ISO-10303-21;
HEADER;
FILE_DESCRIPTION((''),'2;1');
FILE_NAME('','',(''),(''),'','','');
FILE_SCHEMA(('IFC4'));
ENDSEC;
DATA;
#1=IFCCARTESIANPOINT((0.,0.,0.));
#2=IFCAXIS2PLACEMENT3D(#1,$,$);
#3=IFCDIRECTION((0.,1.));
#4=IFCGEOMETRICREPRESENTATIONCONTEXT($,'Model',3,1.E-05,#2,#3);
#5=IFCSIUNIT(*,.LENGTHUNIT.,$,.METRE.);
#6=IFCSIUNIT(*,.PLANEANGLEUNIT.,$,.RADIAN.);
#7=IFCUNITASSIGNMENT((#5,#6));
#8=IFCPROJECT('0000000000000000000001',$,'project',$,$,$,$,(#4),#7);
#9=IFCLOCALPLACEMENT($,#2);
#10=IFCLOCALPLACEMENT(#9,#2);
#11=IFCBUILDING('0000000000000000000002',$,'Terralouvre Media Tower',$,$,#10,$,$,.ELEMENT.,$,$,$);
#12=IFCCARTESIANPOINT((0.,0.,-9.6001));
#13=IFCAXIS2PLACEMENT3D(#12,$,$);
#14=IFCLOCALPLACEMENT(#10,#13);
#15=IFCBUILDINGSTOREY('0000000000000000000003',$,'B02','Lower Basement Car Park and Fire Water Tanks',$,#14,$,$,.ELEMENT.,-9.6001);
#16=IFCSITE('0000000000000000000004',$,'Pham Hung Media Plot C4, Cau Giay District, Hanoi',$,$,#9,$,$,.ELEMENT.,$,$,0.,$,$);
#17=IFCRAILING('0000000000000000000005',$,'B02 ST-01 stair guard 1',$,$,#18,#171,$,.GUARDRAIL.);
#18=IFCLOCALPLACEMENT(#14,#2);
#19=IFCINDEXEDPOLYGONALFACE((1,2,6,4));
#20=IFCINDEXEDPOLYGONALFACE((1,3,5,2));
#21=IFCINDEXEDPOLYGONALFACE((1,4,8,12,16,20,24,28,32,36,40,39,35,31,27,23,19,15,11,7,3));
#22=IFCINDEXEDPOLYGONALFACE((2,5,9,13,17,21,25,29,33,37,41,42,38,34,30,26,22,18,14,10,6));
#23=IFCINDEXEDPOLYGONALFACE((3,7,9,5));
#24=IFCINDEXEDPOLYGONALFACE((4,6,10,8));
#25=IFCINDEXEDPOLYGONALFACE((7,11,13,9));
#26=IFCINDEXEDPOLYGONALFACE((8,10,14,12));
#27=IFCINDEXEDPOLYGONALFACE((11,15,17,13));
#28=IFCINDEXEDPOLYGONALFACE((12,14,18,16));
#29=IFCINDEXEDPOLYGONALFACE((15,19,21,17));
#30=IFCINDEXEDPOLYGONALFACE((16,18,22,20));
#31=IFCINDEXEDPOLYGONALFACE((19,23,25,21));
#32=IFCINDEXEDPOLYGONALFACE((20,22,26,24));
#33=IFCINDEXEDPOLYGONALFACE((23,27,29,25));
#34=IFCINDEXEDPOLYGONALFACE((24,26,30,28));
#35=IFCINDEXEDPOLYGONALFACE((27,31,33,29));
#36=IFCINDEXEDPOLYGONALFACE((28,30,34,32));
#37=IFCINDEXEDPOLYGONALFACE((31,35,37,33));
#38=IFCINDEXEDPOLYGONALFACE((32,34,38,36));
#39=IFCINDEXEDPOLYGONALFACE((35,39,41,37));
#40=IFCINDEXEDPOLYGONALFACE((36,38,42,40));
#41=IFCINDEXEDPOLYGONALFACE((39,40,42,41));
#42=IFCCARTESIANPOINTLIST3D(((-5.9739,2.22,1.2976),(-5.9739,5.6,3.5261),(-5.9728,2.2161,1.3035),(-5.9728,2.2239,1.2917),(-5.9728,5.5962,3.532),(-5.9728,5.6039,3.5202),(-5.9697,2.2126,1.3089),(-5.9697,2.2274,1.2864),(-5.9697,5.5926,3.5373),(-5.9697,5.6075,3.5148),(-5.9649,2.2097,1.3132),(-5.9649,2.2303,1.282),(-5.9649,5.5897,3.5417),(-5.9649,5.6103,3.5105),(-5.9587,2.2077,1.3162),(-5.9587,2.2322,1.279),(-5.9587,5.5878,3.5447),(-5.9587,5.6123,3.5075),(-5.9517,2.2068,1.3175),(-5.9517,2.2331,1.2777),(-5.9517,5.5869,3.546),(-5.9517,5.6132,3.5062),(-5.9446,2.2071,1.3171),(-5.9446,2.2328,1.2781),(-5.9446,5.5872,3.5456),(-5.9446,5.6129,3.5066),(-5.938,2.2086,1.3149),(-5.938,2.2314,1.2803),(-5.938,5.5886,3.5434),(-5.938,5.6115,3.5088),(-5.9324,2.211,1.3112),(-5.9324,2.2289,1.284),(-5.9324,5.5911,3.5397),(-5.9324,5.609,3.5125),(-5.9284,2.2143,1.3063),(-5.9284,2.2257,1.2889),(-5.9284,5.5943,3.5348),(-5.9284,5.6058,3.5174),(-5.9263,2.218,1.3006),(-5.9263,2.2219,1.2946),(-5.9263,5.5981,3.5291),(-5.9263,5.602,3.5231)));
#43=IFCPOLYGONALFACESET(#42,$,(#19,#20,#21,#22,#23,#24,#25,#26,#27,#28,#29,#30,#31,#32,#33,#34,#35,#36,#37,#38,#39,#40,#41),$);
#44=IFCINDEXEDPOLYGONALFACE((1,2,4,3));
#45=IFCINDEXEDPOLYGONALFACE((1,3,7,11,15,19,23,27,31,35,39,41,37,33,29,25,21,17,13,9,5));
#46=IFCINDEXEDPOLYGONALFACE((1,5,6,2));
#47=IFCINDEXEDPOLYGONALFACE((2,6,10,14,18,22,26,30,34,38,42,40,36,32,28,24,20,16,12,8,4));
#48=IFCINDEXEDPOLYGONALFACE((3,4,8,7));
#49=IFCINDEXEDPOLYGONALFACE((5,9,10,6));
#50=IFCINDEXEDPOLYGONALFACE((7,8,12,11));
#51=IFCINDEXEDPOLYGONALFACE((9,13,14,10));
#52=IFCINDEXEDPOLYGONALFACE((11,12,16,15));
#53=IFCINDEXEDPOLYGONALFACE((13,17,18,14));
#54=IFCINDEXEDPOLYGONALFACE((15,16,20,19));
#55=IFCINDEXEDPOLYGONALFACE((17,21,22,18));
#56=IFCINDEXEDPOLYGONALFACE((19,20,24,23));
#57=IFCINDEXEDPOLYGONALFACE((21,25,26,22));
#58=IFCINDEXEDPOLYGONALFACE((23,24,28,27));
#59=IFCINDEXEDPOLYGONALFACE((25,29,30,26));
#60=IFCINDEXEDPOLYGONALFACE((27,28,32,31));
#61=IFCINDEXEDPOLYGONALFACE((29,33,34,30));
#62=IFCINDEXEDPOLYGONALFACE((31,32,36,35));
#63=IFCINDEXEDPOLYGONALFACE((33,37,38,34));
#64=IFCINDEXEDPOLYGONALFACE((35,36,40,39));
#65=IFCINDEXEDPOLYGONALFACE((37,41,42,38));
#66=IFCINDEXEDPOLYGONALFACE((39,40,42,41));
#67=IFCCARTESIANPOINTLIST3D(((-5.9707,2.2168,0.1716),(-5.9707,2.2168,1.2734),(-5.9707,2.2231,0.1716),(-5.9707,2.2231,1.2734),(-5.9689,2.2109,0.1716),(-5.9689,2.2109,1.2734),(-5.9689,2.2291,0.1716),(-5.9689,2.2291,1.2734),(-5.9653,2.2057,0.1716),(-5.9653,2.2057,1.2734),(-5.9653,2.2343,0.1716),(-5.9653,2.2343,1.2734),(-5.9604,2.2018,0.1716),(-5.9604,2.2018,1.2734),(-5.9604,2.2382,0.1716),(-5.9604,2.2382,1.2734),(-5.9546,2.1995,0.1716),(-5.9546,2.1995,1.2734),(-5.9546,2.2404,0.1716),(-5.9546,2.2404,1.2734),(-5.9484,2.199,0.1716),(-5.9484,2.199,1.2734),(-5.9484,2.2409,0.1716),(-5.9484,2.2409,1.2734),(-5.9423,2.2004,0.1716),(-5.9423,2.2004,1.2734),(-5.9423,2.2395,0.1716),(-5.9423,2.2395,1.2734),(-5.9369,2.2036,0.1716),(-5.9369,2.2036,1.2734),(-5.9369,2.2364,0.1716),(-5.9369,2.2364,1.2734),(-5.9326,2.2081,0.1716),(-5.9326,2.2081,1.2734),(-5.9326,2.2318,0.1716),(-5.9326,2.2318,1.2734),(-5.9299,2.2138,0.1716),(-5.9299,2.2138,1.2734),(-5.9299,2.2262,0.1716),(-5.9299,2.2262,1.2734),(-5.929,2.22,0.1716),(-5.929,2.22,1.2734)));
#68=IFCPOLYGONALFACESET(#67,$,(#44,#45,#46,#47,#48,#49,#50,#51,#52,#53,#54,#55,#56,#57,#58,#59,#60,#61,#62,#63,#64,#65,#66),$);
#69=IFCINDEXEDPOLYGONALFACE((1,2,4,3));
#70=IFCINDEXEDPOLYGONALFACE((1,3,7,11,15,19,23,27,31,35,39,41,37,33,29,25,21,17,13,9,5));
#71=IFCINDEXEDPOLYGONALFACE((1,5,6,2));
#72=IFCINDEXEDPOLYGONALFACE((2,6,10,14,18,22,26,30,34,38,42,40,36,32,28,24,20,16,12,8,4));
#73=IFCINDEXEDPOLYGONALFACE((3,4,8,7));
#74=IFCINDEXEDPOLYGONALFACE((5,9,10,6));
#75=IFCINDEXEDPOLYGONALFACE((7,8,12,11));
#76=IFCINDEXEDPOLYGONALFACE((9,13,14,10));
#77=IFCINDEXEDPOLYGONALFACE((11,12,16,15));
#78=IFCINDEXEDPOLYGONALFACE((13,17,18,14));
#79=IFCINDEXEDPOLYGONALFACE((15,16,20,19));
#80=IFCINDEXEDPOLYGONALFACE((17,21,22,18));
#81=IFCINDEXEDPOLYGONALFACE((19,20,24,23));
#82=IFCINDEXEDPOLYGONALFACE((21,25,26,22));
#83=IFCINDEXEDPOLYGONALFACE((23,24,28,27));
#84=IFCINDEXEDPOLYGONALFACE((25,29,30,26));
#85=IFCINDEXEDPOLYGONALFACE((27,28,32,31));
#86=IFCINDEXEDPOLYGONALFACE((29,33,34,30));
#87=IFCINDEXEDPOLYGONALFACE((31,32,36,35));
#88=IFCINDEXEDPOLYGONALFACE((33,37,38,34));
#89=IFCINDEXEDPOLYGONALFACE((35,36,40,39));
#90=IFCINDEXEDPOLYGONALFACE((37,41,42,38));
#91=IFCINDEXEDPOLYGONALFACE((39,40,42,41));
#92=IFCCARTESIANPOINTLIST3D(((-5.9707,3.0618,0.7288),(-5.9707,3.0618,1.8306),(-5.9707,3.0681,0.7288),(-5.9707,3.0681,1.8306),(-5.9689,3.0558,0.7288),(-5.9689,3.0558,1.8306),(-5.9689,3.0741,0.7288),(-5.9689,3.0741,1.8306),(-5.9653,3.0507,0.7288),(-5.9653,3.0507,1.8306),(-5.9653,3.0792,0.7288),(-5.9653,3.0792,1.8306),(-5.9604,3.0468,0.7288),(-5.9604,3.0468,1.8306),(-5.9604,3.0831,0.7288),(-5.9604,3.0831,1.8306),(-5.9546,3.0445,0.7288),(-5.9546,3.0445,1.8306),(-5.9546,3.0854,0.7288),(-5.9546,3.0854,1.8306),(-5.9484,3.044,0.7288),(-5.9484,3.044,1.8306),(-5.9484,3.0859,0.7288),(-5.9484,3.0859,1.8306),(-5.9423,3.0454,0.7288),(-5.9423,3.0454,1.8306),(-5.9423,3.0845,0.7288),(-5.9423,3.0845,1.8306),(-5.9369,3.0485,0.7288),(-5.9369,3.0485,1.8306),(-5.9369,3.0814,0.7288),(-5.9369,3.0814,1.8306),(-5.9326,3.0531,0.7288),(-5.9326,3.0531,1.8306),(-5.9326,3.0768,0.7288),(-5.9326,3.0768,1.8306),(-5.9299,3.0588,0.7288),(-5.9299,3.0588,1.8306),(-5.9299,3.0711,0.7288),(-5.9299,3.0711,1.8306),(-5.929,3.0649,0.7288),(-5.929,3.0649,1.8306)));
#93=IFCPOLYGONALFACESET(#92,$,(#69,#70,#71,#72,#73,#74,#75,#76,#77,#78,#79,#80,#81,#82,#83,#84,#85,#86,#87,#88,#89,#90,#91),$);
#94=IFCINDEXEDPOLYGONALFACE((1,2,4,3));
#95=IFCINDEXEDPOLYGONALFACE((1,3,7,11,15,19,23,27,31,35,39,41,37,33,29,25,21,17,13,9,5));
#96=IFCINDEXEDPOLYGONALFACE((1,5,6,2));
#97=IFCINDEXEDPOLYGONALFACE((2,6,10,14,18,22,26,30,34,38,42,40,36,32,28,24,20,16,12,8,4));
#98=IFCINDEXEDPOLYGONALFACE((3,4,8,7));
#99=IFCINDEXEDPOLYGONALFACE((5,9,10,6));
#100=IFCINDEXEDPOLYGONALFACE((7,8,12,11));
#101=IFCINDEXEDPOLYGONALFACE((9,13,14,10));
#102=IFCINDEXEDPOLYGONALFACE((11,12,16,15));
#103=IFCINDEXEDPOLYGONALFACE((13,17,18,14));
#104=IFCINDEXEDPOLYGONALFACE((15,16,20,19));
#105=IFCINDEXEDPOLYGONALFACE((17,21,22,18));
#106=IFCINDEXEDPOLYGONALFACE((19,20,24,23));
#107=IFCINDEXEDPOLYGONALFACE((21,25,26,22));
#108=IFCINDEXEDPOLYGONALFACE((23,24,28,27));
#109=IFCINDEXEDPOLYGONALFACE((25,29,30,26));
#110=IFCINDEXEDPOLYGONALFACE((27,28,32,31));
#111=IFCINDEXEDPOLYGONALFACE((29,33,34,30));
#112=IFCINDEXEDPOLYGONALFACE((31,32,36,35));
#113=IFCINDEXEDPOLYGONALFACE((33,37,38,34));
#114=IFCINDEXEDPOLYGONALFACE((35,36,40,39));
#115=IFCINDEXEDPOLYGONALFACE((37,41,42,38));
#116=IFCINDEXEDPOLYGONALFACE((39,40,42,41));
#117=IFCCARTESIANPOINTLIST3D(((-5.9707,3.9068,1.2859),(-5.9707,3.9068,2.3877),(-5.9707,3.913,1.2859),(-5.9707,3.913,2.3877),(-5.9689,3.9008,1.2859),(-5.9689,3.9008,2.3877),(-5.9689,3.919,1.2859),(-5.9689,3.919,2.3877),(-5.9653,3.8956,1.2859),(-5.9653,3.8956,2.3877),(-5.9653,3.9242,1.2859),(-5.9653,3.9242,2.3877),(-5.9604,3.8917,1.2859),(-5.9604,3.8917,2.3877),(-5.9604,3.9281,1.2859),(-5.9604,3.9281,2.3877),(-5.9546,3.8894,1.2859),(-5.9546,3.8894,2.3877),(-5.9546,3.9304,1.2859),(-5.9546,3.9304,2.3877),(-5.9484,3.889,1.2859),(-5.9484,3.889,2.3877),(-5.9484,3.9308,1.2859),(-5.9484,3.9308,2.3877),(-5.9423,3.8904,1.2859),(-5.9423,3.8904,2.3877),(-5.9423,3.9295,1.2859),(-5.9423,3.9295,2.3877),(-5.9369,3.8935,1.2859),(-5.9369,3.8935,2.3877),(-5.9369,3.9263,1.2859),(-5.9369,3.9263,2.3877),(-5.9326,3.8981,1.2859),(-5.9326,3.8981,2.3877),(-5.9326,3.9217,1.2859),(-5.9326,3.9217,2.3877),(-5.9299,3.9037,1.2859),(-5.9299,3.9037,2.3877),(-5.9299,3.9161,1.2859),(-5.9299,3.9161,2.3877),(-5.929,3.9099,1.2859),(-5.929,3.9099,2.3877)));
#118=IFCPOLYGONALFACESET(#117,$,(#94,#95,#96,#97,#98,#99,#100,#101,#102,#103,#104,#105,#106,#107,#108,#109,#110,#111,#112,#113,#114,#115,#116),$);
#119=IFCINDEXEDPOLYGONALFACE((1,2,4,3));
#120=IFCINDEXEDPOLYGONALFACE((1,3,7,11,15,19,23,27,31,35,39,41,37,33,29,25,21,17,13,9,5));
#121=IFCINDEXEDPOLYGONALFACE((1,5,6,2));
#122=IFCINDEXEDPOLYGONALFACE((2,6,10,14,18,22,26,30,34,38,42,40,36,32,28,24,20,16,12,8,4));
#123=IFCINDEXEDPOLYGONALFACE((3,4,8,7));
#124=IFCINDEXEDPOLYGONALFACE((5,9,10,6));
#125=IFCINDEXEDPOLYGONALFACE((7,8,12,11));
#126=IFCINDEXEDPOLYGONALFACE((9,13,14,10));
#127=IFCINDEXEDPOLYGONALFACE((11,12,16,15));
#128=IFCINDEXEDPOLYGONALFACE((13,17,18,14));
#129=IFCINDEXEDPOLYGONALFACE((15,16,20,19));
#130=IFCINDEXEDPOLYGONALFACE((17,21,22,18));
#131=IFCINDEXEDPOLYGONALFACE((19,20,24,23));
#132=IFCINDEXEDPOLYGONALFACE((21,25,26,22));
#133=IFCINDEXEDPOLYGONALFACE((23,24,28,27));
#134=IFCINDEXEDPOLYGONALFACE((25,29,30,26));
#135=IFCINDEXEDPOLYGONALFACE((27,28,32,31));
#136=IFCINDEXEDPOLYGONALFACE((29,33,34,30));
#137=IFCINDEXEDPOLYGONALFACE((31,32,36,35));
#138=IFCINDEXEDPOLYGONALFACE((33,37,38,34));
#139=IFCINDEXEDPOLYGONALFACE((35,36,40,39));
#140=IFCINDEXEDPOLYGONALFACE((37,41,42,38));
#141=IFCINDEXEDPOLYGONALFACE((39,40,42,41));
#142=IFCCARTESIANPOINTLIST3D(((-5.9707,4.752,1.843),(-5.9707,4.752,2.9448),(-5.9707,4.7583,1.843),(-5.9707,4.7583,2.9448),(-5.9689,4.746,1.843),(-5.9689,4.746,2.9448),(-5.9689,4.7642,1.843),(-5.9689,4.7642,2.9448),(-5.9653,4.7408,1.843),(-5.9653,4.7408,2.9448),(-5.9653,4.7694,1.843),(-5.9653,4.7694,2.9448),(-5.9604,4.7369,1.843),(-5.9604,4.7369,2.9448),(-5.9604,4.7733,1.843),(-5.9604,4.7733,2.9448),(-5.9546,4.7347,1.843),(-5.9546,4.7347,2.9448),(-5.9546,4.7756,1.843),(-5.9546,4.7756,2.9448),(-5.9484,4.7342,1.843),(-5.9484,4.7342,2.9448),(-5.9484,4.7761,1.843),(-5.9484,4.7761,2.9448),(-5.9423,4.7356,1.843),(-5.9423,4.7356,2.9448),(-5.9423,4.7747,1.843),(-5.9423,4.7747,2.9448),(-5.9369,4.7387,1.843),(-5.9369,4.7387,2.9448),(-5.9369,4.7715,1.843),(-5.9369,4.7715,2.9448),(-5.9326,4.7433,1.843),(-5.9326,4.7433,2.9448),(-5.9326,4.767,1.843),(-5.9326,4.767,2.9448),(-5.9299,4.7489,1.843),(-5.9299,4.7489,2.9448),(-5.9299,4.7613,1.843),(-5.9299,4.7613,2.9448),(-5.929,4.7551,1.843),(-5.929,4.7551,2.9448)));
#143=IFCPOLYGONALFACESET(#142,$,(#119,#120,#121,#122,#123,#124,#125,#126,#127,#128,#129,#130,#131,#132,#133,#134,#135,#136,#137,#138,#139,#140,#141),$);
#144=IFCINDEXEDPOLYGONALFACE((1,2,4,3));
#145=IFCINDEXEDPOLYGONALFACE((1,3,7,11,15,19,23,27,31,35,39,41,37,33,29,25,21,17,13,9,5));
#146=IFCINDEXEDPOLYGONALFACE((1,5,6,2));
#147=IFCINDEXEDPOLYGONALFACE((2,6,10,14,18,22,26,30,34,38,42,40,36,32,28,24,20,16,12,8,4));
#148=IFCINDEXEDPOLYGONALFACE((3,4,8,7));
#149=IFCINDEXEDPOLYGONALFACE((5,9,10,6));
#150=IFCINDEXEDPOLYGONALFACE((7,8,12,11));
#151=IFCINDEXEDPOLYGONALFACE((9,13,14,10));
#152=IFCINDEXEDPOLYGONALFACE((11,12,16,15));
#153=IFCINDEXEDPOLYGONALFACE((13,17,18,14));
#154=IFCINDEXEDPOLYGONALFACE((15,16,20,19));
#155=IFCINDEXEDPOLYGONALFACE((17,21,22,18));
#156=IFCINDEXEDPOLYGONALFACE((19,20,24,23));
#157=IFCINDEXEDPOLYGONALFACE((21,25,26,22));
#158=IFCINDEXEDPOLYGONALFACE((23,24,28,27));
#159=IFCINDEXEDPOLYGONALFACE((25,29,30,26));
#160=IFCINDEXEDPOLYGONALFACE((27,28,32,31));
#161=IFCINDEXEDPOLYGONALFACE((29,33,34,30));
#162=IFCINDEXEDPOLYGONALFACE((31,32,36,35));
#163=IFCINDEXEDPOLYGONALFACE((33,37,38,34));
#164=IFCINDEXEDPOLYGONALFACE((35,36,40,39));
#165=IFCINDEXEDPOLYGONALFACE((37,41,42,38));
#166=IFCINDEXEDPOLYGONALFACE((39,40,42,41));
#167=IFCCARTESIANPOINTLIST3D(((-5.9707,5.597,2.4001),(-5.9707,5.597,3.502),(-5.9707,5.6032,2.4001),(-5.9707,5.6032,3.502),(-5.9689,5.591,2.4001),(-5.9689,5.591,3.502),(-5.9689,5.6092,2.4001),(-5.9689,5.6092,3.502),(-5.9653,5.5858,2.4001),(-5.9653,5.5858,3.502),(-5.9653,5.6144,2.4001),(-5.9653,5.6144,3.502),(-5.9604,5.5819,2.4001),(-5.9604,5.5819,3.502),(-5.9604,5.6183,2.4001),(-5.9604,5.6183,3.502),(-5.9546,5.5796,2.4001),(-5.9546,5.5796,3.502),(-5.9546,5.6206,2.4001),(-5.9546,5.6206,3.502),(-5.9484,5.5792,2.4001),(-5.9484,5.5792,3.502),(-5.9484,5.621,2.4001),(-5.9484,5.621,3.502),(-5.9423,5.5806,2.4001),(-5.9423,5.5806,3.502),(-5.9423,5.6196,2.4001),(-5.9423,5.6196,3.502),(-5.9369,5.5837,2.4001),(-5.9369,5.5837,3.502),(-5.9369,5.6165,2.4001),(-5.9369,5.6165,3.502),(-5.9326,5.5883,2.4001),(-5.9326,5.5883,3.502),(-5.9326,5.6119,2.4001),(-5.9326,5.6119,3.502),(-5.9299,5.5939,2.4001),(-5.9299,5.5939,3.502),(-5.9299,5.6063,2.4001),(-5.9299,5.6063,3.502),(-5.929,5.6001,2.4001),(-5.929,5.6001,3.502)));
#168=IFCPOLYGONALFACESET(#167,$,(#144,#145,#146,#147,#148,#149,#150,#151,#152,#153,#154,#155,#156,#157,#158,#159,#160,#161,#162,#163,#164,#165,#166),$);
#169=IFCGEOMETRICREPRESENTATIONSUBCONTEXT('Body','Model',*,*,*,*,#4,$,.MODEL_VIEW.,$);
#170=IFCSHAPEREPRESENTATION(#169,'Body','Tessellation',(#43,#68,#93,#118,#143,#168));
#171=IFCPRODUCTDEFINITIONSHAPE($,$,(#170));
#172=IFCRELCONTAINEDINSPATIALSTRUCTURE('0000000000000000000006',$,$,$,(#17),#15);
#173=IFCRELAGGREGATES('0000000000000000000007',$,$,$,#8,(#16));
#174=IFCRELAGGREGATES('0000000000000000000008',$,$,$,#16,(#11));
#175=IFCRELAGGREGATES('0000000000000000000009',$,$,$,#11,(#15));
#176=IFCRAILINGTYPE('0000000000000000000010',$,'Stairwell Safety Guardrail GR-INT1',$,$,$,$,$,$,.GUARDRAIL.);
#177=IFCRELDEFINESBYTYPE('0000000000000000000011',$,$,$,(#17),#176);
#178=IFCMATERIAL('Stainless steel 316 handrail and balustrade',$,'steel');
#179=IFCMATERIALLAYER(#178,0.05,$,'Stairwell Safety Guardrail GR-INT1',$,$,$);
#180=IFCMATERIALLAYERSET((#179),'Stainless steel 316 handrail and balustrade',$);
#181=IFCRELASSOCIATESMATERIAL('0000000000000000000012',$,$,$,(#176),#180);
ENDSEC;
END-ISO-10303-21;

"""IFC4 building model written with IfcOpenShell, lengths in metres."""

from ifc_helpers import new_model, si_unit, direction, frame, origin, origin_2d, place, context, subcontext, project, spatial, circle, extrude, material, layer, layer_set, type_object, element, save


model = new_model("IFC4")

# Units and contexts
model_context = context("Model", 3, precision=1e-05, world=origin(), true_north=direction((0.0, 1.0)))
body_context = subcontext(model_context, "Body", "Model", "MODEL_VIEW")
ifc_project = project(units=[si_unit("LENGTHUNIT", "METRE"), si_unit("PLANEANGLEUNIT", "RADIAN")], contexts=[model_context])

# Site, building, storey
site_placement = place(None, origin())
site = spatial("IfcSite", under=ifc_project, at=site_placement, Name="Pham Hung Media Plot C4, Cau Giay District, Hanoi", CompositionType="ELEMENT", RefElevation=0.0)
building_placement = place(site_placement, origin())
building = spatial("IfcBuilding", under=site, at=building_placement, Name="Terralouvre Media Tower", CompositionType="ELEMENT")
storey_placement = place(building_placement, frame((0.0, 0.0, -9.6001)))
storey = spatial("IfcBuildingStorey", under=building, at=storey_placement, Name="B02", Description="Lower Basement Car Park and Fire Water Tanks", CompositionType="ELEMENT", Elevation=-9.6001)

# Railing
ifc_material_1 = material(Name="Stainless steel 316 handrail and balustrade", Category="steel")
ifc_layer_1 = layer(ifc_material_1, 0.05, Name="Stairwell Safety Guardrail GR-INT1")
ifc_layer_set_1 = layer_set([ifc_layer_1], Name="Stainless steel 316 handrail and balustrade")
railing_type_1 = type_object("IfcRailingType", Name="Stairwell Safety Guardrail GR-INT1", PredefinedType="GUARDRAIL", material=ifc_layer_set_1)
railing_1_placement = place(storey_placement, frame((-5.95, 2.22, 0.1716)))
element("IfcRailing", 1, at=railing_1_placement, inside=storey, type_object=railing_type_1, Name="B02 ST-01 stair guard 1", PredefinedType="GUARDRAIL", context=body_context, shape_type="SweptSolid", body=[
    extrude(circle(Radius=0.0239, at=origin_2d()), frame((0.0, 0.0, 1.126), z_axis=(0.0, 0.834878, 0.550435), x_axis=(-1.0, 0.0, 0.0)), (0.0, 0.0, 1.0), 4.0486),
    extrude(circle(Radius=0.021, at=origin_2d()), origin(), (0.0, 0.0, 1.0), 1.1018),
    extrude(circle(Radius=0.021, at=origin_2d()), frame((0.0, 0.845, 0.5571)), (0.0, 0.0, 1.0), 1.1018),
    extrude(circle(Radius=0.021, at=origin_2d()), frame((0.0, 1.6899, 1.1143)), (0.0, 0.0, 1.0), 1.1018),
    extrude(circle(Radius=0.021, at=origin_2d()), frame((0.0, 2.5352, 1.6714)), (0.0, 0.0, 1.0), 1.1018),
    extrude(circle(Radius=0.021, at=origin_2d()), frame((0.0, 3.3801, 2.2285)), (0.0, 0.0, 1.0), 1.1018),
])

save(model, "model.ifc")
